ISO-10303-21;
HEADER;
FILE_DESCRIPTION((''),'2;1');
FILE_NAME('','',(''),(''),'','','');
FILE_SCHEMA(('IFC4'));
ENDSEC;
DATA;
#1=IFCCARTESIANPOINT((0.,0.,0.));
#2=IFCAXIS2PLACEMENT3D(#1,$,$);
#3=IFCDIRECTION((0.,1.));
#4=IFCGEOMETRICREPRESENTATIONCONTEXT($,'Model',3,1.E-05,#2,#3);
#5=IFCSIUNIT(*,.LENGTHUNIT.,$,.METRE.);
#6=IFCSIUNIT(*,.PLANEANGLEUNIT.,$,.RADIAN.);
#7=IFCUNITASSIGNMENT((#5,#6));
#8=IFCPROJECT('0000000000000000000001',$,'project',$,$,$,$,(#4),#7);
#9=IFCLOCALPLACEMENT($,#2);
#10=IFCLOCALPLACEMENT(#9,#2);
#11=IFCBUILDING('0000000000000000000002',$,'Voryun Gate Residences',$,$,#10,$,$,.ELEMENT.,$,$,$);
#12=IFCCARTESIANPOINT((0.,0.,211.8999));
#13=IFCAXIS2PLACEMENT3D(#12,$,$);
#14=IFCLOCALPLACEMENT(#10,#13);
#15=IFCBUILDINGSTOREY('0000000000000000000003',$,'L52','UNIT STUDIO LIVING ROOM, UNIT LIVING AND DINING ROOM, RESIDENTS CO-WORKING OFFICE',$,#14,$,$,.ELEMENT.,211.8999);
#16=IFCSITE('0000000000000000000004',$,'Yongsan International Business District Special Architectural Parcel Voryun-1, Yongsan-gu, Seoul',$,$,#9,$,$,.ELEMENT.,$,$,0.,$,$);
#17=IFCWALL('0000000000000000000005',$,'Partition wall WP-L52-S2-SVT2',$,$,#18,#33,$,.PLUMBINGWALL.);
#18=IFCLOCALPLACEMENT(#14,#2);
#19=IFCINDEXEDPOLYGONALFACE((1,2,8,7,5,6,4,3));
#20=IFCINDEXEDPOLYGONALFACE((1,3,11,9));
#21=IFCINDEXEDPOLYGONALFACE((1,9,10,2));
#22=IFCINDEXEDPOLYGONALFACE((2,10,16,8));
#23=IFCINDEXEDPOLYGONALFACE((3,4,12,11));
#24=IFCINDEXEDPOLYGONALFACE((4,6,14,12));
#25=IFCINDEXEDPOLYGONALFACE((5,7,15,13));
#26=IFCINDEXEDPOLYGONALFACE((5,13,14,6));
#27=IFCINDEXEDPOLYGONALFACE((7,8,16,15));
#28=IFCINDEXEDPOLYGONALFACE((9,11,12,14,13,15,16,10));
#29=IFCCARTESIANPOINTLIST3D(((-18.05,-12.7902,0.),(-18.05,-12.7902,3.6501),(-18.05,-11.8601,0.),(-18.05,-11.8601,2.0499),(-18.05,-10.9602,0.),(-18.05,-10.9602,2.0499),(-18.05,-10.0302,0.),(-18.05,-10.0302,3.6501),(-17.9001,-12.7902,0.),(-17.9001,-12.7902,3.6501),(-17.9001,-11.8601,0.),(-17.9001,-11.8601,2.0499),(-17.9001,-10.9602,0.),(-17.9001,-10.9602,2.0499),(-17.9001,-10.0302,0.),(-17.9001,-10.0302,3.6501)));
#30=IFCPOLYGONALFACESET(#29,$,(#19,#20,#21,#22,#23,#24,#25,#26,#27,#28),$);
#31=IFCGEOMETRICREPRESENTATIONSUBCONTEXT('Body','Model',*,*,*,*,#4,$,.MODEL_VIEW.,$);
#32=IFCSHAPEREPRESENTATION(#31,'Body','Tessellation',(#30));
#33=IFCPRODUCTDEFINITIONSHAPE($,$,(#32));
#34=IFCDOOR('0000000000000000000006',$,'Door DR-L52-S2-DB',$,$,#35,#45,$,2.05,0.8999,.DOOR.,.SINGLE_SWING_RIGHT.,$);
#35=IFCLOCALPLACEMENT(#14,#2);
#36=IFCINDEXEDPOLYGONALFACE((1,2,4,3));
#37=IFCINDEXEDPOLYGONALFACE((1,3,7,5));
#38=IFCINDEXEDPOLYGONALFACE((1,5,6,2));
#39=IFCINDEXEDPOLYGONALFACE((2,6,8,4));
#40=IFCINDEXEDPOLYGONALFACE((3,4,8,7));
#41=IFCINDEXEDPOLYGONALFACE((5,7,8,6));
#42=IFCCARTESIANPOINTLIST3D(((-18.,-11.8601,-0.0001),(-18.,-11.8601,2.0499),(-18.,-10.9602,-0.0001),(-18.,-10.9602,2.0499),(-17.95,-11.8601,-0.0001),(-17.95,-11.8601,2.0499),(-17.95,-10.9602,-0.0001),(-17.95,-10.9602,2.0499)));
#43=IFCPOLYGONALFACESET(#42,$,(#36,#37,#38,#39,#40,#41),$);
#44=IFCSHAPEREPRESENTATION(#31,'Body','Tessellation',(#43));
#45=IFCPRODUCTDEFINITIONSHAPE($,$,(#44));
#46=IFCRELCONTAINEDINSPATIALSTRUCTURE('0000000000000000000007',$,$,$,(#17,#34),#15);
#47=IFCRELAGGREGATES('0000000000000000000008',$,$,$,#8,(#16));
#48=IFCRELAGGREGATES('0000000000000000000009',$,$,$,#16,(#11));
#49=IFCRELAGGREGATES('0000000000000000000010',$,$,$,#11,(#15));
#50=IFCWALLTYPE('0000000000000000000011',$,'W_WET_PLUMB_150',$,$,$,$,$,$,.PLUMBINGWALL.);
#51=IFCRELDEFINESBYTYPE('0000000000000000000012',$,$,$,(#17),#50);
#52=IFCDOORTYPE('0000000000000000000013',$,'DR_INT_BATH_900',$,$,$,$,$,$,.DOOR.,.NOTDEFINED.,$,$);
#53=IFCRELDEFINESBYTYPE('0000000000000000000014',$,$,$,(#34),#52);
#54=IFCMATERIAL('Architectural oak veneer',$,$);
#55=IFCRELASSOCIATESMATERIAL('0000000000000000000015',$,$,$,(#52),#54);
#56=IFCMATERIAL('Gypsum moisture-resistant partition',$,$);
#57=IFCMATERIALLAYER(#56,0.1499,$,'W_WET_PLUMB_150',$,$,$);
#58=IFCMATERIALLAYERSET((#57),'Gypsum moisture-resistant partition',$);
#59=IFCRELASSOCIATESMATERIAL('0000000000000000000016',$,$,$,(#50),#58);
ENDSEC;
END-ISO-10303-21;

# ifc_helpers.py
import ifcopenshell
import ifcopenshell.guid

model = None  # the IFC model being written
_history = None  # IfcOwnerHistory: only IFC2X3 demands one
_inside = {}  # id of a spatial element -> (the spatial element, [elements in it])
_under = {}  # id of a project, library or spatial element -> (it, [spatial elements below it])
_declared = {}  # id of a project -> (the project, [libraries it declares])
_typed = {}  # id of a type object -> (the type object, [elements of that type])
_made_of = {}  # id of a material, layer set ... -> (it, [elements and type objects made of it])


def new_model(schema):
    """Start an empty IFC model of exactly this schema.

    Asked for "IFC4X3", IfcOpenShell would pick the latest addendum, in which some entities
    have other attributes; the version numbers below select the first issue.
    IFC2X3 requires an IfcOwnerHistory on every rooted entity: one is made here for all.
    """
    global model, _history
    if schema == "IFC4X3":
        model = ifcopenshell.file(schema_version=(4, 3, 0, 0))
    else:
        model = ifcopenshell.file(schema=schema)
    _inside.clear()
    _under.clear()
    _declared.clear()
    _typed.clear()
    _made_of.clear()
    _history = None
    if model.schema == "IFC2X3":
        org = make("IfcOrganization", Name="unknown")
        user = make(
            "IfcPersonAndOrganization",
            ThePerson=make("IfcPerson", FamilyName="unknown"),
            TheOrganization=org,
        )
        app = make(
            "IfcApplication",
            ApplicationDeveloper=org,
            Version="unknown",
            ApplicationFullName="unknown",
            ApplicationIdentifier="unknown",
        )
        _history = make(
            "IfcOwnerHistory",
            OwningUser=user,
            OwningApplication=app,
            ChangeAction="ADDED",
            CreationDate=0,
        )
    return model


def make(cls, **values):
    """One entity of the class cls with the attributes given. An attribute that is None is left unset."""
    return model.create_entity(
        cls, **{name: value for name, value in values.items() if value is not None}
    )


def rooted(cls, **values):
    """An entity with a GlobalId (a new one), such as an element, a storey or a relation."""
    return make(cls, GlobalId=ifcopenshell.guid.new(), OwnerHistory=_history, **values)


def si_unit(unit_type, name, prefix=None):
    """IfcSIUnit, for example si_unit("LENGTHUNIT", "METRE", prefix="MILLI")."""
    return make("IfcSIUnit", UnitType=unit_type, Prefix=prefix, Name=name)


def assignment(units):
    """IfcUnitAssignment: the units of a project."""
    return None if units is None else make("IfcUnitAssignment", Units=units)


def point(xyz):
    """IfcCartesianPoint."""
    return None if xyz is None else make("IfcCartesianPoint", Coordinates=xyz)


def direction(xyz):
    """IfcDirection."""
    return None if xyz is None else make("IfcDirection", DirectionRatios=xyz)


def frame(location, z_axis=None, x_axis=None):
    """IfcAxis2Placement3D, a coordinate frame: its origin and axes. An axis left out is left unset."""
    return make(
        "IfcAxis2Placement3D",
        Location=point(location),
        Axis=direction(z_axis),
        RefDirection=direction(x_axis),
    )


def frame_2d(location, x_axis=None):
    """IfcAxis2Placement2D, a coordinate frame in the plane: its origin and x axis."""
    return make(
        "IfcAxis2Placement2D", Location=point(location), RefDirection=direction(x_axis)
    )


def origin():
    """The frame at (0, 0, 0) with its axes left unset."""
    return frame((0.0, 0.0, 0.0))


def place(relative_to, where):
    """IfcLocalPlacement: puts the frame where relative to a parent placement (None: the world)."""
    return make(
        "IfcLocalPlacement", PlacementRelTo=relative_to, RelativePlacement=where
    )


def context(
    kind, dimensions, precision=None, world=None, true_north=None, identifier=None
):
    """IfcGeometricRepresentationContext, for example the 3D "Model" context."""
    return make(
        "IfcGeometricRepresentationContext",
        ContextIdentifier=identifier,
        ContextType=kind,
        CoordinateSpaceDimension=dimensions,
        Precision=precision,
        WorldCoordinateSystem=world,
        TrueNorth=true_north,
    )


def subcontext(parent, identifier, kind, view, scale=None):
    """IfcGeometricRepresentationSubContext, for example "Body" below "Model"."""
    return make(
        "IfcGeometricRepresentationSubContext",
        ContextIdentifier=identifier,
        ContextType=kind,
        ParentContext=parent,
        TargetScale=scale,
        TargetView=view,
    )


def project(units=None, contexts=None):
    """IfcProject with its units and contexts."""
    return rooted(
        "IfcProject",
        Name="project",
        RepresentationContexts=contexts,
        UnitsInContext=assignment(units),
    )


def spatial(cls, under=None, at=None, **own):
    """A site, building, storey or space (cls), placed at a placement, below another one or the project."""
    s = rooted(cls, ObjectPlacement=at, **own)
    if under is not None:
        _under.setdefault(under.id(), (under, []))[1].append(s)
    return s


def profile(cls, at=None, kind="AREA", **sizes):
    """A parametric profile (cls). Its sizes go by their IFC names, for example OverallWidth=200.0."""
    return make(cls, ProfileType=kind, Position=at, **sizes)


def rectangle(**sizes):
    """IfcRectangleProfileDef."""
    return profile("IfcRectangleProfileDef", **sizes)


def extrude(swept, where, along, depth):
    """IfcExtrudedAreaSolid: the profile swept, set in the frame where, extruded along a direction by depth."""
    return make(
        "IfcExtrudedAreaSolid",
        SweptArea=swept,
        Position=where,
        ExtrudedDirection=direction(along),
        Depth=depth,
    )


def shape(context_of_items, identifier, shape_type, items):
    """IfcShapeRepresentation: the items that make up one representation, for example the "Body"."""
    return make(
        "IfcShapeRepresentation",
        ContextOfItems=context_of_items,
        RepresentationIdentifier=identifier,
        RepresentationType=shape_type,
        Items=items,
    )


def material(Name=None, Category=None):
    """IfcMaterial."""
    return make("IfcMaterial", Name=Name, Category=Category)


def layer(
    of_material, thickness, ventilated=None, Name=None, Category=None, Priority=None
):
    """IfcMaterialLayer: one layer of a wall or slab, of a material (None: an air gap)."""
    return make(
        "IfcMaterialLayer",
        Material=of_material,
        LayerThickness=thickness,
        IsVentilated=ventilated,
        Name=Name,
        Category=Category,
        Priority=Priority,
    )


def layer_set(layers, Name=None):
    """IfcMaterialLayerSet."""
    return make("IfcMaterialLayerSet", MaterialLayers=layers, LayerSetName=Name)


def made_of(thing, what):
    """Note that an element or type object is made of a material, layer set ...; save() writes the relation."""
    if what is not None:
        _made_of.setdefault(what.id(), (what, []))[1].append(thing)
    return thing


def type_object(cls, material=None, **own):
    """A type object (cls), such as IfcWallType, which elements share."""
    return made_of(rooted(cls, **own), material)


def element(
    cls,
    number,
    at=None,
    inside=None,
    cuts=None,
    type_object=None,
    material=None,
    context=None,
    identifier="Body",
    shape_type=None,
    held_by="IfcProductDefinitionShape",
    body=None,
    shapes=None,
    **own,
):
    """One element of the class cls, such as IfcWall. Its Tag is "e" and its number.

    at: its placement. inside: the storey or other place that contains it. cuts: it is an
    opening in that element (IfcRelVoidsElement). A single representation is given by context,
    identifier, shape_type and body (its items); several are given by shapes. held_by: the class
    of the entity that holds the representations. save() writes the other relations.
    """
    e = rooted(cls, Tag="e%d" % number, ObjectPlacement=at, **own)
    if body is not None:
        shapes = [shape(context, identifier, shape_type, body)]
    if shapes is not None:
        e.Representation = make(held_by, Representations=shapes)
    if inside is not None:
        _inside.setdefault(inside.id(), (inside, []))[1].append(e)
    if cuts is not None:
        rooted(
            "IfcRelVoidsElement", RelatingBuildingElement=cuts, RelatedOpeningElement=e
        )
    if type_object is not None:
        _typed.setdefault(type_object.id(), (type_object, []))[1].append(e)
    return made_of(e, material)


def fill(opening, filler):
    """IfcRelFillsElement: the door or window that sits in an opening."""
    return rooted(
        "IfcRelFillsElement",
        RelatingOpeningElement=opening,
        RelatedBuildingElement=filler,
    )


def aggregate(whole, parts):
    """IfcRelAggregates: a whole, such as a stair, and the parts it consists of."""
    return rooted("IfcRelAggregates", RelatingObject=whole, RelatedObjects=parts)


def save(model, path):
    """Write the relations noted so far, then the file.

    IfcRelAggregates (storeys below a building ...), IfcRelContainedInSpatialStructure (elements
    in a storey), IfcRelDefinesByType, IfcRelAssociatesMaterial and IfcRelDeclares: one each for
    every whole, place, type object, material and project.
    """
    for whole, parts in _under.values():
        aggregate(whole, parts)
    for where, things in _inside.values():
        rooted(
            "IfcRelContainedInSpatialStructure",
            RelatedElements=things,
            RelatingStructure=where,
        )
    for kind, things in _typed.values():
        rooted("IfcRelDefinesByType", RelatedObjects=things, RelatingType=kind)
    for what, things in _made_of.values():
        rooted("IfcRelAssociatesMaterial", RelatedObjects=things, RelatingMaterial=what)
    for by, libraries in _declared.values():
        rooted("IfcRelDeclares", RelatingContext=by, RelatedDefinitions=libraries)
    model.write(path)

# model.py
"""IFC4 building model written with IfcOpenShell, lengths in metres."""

from ifc_helpers import new_model, si_unit, direction, frame, frame_2d, origin, place, context, subcontext, project, spatial, rectangle, extrude, material, layer, layer_set, type_object, element, fill, save


model = new_model("IFC4")

# Units and contexts
model_context = context("Model", 3, precision=1e-05, world=origin(), true_north=direction((0.0, 1.0)))
body_context = subcontext(model_context, "Body", "Model", "MODEL_VIEW")
ifc_project = project(units=[si_unit("LENGTHUNIT", "METRE"), si_unit("PLANEANGLEUNIT", "RADIAN")], contexts=[model_context])

# Site, building, storey
site_placement = place(None, origin())
site = spatial("IfcSite", under=ifc_project, at=site_placement, Name="Yongsan International Business District Special Architectural Parcel Voryun-1, Yongsan-gu, Seoul", CompositionType="ELEMENT", RefElevation=0.0)
building_placement = place(site_placement, origin())
building = spatial("IfcBuilding", under=site, at=building_placement, Name="Voryun Gate Residences", CompositionType="ELEMENT")
storey_placement = place(building_placement, frame((0.0, 0.0, 211.8999)))
storey = spatial("IfcBuildingStorey", under=building, at=storey_placement, Name="L52", Description="UNIT STUDIO LIVING ROOM, UNIT LIVING AND DINING ROOM, RESIDENTS CO-WORKING OFFICE", CompositionType="ELEMENT", Elevation=211.8999)

# Shared definitions
ifc_material_1 = material(Name="Architectural oak veneer")
door_type_1 = type_object("IfcDoorType", Name="DR_INT_BATH_900", OperationType="NOTDEFINED", PredefinedType="DOOR", material=ifc_material_1)

# Shared definitions
ifc_material_2 = material(Name="Gypsum moisture-resistant partition")
ifc_layer_1 = layer(ifc_material_2, 0.1499, Name="W_WET_PLUMB_150")
ifc_layer_set_1 = layer_set([ifc_layer_1], Name="Gypsum moisture-resistant partition")
wall_type_1 = type_object("IfcWallType", Name="W_WET_PLUMB_150", PredefinedType="PLUMBINGWALL", material=ifc_layer_set_1)

# Wall, opening, door
wall_1_placement = place(storey_placement, frame((-17.9751, -12.79, 0.0), z_axis=(0.0, 0.0, 1.0), x_axis=(0.0, 1.0, 0.0)))
wall_1 = element("IfcWall", 1, at=wall_1_placement, inside=storey, type_object=wall_type_1, Name="Partition wall WP-L52-S2-SVT2", PredefinedType="PLUMBINGWALL", context=body_context, shape_type="SweptSolid", body=[
    extrude(rectangle(XDim=2.76, YDim=0.1499, at=frame_2d((1.3799, 0.0))), origin(), (0.0, 0.0, 1.0), 3.6501),
])
opening_1_placement = place(wall_1_placement, frame((0.9299, 0.0, 0.0)))
opening_1 = element("IfcOpeningElement", 2, at=opening_1_placement, cuts=wall_1, PredefinedType="OPENING", context=body_context, shape_type="SweptSolid", body=[
    extrude(rectangle(XDim=0.8999, YDim=2.05, at=frame_2d((0.45, 1.0249))), frame((0.0, 0.085, 0.0), z_axis=(0.0, -1.0, 0.0), x_axis=(1.0, 0.0, 0.0)), (0.0, 0.0, 1.0), 0.1699),
])
door_1_placement = place(opening_1_placement, origin())
door_1 = element("IfcDoor", 3, at=door_1_placement, inside=storey, type_object=door_type_1, Name="Door DR-L52-S2-DB", OperationType="SINGLE_SWING_RIGHT", OverallHeight=2.05, OverallWidth=0.8999, PredefinedType="DOOR", context=body_context, shape_type="SweptSolid", body=[
    extrude(rectangle(XDim=0.8999, YDim=2.05, at=frame_2d((0.45, 1.0249))), frame((0.0, 0.0249, 0.0), z_axis=(0.0, -1.0, 0.0), x_axis=(1.0, 0.0, 0.0)), (0.0, 0.0, 1.0), 0.05),
])
fill(opening_1, door_1)

save(model, "model.ifc")
